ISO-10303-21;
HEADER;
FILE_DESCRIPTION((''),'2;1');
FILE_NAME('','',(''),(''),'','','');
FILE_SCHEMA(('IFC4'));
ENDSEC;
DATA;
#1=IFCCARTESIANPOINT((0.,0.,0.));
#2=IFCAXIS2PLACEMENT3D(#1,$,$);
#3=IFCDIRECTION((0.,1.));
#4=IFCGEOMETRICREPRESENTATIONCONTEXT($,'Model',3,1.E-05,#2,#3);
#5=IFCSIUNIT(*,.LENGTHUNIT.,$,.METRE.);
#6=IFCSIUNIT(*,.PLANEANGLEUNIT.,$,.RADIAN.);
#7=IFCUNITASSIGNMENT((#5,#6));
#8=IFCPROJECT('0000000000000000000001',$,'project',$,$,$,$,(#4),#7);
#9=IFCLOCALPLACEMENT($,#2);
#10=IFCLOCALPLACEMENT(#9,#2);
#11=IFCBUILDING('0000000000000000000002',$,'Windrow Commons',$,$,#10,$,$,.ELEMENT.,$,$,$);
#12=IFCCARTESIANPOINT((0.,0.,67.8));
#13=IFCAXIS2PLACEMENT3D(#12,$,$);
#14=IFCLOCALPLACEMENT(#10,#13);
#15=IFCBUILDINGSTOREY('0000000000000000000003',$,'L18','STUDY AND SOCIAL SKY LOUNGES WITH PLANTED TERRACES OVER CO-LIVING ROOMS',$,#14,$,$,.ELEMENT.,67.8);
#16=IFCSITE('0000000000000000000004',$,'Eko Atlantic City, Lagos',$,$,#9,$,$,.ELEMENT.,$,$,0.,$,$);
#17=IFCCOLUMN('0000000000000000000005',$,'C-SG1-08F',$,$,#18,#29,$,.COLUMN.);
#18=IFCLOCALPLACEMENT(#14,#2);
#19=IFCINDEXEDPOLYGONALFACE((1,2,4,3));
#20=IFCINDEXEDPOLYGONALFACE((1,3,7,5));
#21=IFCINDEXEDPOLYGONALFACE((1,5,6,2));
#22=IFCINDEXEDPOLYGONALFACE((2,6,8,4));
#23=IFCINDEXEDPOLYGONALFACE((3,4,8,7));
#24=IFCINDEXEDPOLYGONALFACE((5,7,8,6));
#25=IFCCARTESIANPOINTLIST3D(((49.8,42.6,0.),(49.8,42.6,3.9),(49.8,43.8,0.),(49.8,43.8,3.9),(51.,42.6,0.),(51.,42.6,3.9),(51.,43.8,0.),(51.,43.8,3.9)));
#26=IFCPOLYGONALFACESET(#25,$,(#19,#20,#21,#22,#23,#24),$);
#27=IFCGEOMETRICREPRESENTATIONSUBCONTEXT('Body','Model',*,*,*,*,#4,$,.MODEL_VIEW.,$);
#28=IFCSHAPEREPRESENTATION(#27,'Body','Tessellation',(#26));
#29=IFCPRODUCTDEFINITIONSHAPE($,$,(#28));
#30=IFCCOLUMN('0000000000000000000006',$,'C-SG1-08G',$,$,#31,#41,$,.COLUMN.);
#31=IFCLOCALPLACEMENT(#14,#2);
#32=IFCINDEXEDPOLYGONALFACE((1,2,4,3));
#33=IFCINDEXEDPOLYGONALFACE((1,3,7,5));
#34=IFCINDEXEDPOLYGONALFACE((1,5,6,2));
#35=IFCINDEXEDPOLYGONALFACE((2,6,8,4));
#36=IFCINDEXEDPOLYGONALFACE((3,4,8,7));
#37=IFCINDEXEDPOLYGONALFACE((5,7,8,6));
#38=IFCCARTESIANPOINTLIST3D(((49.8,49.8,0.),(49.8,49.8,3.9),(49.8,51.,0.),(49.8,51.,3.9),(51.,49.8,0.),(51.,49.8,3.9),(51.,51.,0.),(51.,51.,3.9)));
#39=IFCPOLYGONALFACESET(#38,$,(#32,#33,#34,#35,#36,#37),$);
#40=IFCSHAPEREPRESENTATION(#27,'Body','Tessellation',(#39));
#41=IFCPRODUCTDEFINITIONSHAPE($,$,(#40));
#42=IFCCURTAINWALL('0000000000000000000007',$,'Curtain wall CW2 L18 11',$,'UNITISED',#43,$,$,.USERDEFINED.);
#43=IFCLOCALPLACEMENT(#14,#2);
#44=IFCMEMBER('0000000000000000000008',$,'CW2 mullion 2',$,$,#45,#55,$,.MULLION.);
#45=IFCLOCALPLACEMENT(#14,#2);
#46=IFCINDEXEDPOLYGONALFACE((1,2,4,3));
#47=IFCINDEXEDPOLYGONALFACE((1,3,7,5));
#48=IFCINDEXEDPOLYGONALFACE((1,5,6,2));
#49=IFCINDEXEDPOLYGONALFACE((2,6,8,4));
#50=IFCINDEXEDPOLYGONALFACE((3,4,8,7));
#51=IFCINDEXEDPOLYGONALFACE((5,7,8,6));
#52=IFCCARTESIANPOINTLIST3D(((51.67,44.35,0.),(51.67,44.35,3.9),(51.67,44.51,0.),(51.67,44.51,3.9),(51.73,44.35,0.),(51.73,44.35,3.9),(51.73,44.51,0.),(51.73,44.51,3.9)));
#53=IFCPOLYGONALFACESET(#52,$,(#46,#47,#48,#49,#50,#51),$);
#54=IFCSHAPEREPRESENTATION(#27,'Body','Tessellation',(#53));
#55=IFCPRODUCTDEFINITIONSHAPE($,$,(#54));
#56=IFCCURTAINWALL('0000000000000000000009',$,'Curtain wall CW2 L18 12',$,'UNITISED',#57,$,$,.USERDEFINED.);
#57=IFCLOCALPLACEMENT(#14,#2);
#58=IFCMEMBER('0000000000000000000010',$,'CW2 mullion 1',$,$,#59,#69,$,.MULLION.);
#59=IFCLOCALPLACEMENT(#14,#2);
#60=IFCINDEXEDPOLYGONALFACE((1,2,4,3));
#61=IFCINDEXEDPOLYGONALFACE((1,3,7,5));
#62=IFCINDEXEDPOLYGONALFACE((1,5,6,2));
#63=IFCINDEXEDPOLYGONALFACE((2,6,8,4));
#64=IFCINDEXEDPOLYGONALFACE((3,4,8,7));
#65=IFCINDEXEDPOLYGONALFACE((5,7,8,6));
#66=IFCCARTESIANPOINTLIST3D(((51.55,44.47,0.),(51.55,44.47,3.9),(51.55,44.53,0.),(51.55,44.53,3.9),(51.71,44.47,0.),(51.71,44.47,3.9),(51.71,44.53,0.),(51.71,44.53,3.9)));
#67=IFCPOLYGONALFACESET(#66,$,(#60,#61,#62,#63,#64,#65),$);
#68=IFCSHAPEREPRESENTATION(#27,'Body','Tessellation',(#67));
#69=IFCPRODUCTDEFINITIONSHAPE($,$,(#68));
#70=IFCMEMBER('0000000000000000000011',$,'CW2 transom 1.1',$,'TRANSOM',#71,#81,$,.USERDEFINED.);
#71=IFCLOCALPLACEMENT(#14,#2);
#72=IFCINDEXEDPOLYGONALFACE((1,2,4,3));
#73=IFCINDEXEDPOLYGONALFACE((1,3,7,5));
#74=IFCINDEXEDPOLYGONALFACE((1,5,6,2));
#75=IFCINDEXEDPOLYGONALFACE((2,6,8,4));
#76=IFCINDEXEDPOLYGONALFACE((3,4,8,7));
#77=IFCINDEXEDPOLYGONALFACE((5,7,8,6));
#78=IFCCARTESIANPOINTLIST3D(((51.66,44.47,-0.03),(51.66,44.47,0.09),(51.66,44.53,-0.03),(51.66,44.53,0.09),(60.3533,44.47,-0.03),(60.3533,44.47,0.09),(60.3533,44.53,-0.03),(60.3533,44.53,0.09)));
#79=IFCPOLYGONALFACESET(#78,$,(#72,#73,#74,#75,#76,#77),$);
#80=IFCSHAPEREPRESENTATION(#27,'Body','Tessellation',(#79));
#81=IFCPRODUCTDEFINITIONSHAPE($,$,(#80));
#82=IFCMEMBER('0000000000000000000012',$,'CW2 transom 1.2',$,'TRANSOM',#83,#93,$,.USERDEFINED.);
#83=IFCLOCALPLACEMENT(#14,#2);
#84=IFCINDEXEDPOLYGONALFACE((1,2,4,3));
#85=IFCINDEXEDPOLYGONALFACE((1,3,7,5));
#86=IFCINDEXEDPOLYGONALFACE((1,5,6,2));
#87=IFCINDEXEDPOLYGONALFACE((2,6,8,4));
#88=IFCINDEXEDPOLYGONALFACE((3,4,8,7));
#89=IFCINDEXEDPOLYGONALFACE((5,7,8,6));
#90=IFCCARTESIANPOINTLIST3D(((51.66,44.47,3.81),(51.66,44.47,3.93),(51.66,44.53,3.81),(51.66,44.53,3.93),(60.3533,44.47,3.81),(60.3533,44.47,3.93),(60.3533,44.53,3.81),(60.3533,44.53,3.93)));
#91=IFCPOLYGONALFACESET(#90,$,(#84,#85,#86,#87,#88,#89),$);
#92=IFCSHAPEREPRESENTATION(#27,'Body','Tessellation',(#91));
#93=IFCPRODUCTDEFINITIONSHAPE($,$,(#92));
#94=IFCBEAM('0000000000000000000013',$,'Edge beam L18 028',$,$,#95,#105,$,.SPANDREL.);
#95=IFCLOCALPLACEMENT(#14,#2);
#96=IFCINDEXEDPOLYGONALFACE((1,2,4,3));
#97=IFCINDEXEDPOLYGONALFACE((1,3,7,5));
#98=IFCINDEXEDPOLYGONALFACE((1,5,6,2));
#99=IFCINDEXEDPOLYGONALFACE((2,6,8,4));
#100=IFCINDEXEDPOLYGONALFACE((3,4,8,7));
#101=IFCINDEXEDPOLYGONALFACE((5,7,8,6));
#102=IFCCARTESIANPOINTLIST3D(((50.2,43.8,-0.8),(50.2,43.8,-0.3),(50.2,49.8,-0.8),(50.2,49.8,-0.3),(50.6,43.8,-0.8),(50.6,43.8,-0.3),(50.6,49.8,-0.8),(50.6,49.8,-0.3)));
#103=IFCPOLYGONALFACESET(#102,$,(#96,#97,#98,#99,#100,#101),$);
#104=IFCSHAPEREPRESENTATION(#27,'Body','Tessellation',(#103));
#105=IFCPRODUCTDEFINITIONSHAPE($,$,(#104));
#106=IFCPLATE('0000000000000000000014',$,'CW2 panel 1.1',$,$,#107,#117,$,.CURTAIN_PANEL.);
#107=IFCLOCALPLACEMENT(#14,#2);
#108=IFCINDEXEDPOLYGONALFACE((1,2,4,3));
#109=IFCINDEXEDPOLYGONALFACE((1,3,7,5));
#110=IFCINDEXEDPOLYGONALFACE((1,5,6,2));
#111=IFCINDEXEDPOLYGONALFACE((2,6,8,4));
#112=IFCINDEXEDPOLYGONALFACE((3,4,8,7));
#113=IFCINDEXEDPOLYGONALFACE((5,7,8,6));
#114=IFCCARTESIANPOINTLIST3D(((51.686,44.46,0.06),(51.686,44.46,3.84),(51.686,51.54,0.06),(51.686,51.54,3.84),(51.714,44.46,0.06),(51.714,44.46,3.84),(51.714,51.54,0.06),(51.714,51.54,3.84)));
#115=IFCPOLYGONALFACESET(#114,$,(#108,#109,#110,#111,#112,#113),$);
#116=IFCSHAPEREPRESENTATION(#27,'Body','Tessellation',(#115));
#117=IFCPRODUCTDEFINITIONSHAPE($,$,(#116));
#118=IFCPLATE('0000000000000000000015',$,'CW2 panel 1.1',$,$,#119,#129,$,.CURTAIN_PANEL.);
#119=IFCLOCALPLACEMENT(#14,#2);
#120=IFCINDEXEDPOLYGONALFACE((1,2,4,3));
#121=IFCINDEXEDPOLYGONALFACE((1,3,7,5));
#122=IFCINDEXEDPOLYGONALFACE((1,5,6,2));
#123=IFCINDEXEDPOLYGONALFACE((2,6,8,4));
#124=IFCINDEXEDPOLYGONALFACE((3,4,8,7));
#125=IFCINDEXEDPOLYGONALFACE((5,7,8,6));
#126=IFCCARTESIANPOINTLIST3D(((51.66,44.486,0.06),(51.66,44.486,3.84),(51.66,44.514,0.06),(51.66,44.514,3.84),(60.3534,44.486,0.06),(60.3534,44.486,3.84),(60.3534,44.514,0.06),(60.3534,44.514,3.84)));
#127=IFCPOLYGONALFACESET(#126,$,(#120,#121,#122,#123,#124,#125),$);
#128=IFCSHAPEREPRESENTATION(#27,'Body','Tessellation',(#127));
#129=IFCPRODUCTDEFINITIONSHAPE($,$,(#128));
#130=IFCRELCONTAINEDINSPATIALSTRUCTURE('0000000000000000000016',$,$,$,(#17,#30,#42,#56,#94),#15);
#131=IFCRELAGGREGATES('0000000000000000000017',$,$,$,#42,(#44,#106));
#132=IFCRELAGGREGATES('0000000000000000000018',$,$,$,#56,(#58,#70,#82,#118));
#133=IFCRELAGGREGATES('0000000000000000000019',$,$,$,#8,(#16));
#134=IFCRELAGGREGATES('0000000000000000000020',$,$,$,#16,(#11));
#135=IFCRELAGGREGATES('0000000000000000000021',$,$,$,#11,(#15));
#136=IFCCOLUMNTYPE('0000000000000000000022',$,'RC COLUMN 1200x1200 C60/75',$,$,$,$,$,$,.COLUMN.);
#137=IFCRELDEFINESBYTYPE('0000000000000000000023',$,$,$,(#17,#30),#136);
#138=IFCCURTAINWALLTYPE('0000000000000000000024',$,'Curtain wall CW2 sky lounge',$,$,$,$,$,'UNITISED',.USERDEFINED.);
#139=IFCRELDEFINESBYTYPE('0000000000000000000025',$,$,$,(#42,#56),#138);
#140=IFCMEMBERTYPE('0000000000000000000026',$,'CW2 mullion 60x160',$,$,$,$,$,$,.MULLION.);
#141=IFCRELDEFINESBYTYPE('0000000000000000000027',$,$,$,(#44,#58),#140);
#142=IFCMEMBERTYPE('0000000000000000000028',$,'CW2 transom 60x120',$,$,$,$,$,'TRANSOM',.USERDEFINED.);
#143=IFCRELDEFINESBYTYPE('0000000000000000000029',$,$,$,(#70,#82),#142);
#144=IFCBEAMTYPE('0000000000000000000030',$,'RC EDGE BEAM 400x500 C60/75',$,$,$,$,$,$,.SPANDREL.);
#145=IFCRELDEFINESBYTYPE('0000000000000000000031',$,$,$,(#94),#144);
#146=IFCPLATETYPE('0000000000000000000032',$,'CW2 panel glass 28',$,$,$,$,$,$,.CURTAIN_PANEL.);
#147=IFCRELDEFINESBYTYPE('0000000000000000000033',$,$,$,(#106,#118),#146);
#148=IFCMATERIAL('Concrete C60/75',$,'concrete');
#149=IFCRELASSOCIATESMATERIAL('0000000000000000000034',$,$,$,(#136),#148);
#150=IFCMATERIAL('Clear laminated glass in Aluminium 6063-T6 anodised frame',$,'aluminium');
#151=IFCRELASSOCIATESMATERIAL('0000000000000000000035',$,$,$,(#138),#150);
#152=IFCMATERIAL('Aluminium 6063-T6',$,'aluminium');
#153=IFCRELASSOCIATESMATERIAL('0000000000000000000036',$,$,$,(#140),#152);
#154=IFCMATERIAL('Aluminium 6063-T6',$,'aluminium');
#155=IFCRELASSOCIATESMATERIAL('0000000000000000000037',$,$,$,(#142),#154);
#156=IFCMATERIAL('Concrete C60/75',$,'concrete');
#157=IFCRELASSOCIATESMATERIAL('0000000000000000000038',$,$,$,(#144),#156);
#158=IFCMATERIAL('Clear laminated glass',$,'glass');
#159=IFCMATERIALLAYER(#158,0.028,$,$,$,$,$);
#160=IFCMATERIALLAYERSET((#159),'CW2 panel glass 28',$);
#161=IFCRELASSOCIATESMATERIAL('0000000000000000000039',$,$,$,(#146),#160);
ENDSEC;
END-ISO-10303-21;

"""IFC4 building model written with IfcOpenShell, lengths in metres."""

from ifc_helpers import new_model, si_unit, direction, frame, origin, origin_2d, place, context, subcontext, project, spatial, rectangle, extrude, material, layer, layer_set, material_profile, profile_set, type_object, element, aggregate, save


model = new_model("IFC4")

# Units and contexts
model_context = context("Model", 3, precision=1e-05, world=origin(), true_north=direction((0.0, 1.0)))
body_context = subcontext(model_context, "Body", "Model", "MODEL_VIEW")
ifc_project = project(units=[si_unit("LENGTHUNIT", "METRE"), si_unit("PLANEANGLEUNIT", "RADIAN")], contexts=[model_context])

# Site, building, storey
site_placement = place(None, origin())
site = spatial("IfcSite", under=ifc_project, at=site_placement, Name="Eko Atlantic City, Lagos", CompositionType="ELEMENT", RefElevation=0.0)
building_placement = place(site_placement, origin())
building = spatial("IfcBuilding", under=site, at=building_placement, Name="Windrow Commons", CompositionType="ELEMENT")
storey_placement = place(building_placement, frame((0.0, 0.0, 67.8)))
storey = spatial("IfcBuildingStorey", under=building, at=storey_placement, Name="L18", Description="STUDY AND SOCIAL SKY LOUNGES WITH PLANTED TERRACES OVER CO-LIVING ROOMS", CompositionType="ELEMENT", Elevation=67.8)

# Columns
ifc_material_1 = material(Name="Concrete C60/75", Category="concrete")
ifc_material_profile_1 = material_profile(ifc_material_1, rectangle(XDim=1.2, YDim=1.2, at=origin_2d()))
ifc_profile_set_1 = profile_set([ifc_material_profile_1], Name="Concrete C60/75")
column_type = type_object("IfcColumnType", Name="RC COLUMN 1200x1200 C60/75", PredefinedType="COLUMN", material=ifc_profile_set_1)
for number, where, z_axis, x_axis, name in (
    (1, (50.4, 43.2, 0.0), (0.0, 0.0, 1.0), (1.0, 0.0, 0.0), "C-SG1-08F"),
    (2, (50.4, 50.4, 0.0), (0.0, 0.0, 1.0), (1.0, 0.0, 0.0), "C-SG1-08G"),
):
    element("IfcColumn", number, at=place(storey_placement, frame(where, z_axis=z_axis, x_axis=x_axis)), inside=storey, type_object=column_type, Name=name, PredefinedType="COLUMN", context=body_context, shape_type="SweptSolid", body=[
        extrude(rectangle(XDim=1.2, YDim=1.2, at=origin_2d()), origin(), (0.0, 0.0, 1.0), 3.9),
    ])

# Curtain wall, member
ifc_material_2 = material(Name="Clear laminated glass in Aluminium 6063-T6 anodised frame", Category="aluminium")
curtain_wall_type = type_object("IfcCurtainWallType", Name="Curtain wall CW2 sky lounge", ElementType="UNITISED", PredefinedType="USERDEFINED", material=ifc_material_2)
placement = place(storey_placement, origin())
curtain_wall_1 = element("IfcCurtainWall", 3, at=placement, inside=storey, type_object=curtain_wall_type, Name="Curtain wall CW2 L18 11", ObjectType="UNITISED", PredefinedType="USERDEFINED")
ifc_material_3 = material(Name="Aluminium 6063-T6", Category="aluminium")
ifc_material_profile_2 = material_profile(ifc_material_3, rectangle(XDim=0.06, YDim=0.16, at=origin_2d()))
ifc_profile_set_2 = profile_set([ifc_material_profile_2], Name="Aluminium 6063-T6")
member_type_1 = type_object("IfcMemberType", Name="CW2 mullion 60x160", PredefinedType="MULLION", material=ifc_profile_set_2)
member_1_placement = place(storey_placement, frame((51.7, 44.43, 0.0), z_axis=(0.0, 0.0, 1.0), x_axis=(1.0, 0.0, 0.0)))
member_1 = element("IfcMember", 4, at=member_1_placement, type_object=member_type_1, Name="CW2 mullion 2", PredefinedType="MULLION", context=body_context, shape_type="SweptSolid", body=[
    extrude(rectangle(XDim=0.06, YDim=0.16, at=origin_2d()), origin(), (0.0, 0.0, 1.0), 3.9),
])

# Curtain wall, members
curtain_wall_2 = element("IfcCurtainWall", 5, at=placement, inside=storey, type_object=curtain_wall_type, Name="Curtain wall CW2 L18 12", ObjectType="UNITISED", PredefinedType="USERDEFINED")
member_2_placement = place(storey_placement, frame((51.63, 44.5, 0.0), z_axis=(0.0, 0.0, 1.0), x_axis=(0.0, 1.0, 0.0)))
member_2 = element("IfcMember", 6, at=member_2_placement, type_object=member_type_1, Name="CW2 mullion 1", PredefinedType="MULLION", context=body_context, shape_type="SweptSolid", body=[
    extrude(rectangle(XDim=0.06, YDim=0.16, at=origin_2d()), origin(), (0.0, 0.0, 1.0), 3.9),
])
ifc_material_4 = material(Name="Aluminium 6063-T6", Category="aluminium")
ifc_material_profile_3 = material_profile(ifc_material_4, rectangle(XDim=0.06, YDim=0.12, at=origin_2d()))
ifc_profile_set_3 = profile_set([ifc_material_profile_3], Name="Aluminium 6063-T6")
member_type_2 = type_object("IfcMemberType", Name="CW2 transom 60x120", ElementType="TRANSOM", PredefinedType="USERDEFINED", material=ifc_profile_set_3)
member_3_placement = place(storey_placement, frame((51.66, 44.5, 0.03), z_axis=(1.0, 0.0, 0.0), x_axis=(0.0, 1.0, 0.0)))
member_3 = element("IfcMember", 7, at=member_3_placement, type_object=member_type_2, Name="CW2 transom 1.1", ObjectType="TRANSOM", PredefinedType="USERDEFINED", context=body_context, shape_type="SweptSolid", body=[
    extrude(rectangle(XDim=0.06, YDim=0.12, at=origin_2d()), origin(), (0.0, 0.0, 1.0), 8.6933),
])
member_4_placement = place(storey_placement, frame((51.66, 44.5, 3.87), z_axis=(1.0, 0.0, 0.0), x_axis=(0.0, 1.0, 0.0)))
member_4 = element("IfcMember", 8, at=member_4_placement, type_object=member_type_2, Name="CW2 transom 1.2", ObjectType="TRANSOM", PredefinedType="USERDEFINED", context=body_context, shape_type="SweptSolid", body=[
    extrude(rectangle(XDim=0.06, YDim=0.12, at=origin_2d()), origin(), (0.0, 0.0, 1.0), 8.6933),
])

# Beam
ifc_material_5 = material(Name="Concrete C60/75", Category="concrete")
ifc_material_profile_4 = material_profile(ifc_material_5, rectangle(XDim=0.4, YDim=0.5, at=origin_2d()))
ifc_profile_set_4 = profile_set([ifc_material_profile_4], Name="Concrete C60/75")
beam_type = type_object("IfcBeamType", Name="RC EDGE BEAM 400x500 C60/75", PredefinedType="SPANDREL", material=ifc_profile_set_4)
beam_placement = place(storey_placement, frame((50.4, 43.8, -0.55), z_axis=(0.0, 1.0, 0.0), x_axis=(-1.0, 0.0, 0.0)))
element("IfcBeam", 9, at=beam_placement, inside=storey, type_object=beam_type, Name="Edge beam L18 028", PredefinedType="SPANDREL", context=body_context, shape_type="SweptSolid", body=[
    extrude(rectangle(XDim=0.4, YDim=0.5, at=origin_2d()), origin(), (0.0, 0.0, 1.0), 6.0),
])

# Plates
ifc_material_6 = material(Name="Clear laminated glass", Category="glass")
ifc_layer_1 = layer(ifc_material_6, 0.028)
ifc_layer_set_1 = layer_set([ifc_layer_1], Name="CW2 panel glass 28")
plate_type = type_object("IfcPlateType", Name="CW2 panel glass 28", PredefinedType="CURTAIN_PANEL", material=ifc_layer_set_1)
plate_1_placement = place(storey_placement, frame((51.7, 48.0, 0.06), z_axis=(0.0, 0.0, 1.0), x_axis=(0.0, -1.0, 0.0)))
plate_1 = element("IfcPlate", 10, at=plate_1_placement, type_object=plate_type, Name="CW2 panel 1.1", PredefinedType="CURTAIN_PANEL", context=body_context, shape_type="SweptSolid", body=[
    extrude(rectangle(XDim=7.08, YDim=0.028, at=origin_2d()), origin(), (0.0, 0.0, 1.0), 3.78),
])
aggregate(curtain_wall_1, [member_1, plate_1])
plate_2_placement = place(storey_placement, frame((56.0067, 44.5, 0.06), z_axis=(0.0, 0.0, 1.0), x_axis=(1.0, 0.0, 0.0)))
plate_2 = element("IfcPlate", 11, at=plate_2_placement, type_object=plate_type, Name="CW2 panel 1.1", PredefinedType="CURTAIN_PANEL", context=body_context, shape_type="SweptSolid", body=[
    extrude(rectangle(XDim=8.6933, YDim=0.028, at=origin_2d()), origin(), (0.0, 0.0, 1.0), 3.78),
])
aggregate(curtain_wall_2, [member_2, member_3, member_4, plate_2])

save(model, "model.ifc")
